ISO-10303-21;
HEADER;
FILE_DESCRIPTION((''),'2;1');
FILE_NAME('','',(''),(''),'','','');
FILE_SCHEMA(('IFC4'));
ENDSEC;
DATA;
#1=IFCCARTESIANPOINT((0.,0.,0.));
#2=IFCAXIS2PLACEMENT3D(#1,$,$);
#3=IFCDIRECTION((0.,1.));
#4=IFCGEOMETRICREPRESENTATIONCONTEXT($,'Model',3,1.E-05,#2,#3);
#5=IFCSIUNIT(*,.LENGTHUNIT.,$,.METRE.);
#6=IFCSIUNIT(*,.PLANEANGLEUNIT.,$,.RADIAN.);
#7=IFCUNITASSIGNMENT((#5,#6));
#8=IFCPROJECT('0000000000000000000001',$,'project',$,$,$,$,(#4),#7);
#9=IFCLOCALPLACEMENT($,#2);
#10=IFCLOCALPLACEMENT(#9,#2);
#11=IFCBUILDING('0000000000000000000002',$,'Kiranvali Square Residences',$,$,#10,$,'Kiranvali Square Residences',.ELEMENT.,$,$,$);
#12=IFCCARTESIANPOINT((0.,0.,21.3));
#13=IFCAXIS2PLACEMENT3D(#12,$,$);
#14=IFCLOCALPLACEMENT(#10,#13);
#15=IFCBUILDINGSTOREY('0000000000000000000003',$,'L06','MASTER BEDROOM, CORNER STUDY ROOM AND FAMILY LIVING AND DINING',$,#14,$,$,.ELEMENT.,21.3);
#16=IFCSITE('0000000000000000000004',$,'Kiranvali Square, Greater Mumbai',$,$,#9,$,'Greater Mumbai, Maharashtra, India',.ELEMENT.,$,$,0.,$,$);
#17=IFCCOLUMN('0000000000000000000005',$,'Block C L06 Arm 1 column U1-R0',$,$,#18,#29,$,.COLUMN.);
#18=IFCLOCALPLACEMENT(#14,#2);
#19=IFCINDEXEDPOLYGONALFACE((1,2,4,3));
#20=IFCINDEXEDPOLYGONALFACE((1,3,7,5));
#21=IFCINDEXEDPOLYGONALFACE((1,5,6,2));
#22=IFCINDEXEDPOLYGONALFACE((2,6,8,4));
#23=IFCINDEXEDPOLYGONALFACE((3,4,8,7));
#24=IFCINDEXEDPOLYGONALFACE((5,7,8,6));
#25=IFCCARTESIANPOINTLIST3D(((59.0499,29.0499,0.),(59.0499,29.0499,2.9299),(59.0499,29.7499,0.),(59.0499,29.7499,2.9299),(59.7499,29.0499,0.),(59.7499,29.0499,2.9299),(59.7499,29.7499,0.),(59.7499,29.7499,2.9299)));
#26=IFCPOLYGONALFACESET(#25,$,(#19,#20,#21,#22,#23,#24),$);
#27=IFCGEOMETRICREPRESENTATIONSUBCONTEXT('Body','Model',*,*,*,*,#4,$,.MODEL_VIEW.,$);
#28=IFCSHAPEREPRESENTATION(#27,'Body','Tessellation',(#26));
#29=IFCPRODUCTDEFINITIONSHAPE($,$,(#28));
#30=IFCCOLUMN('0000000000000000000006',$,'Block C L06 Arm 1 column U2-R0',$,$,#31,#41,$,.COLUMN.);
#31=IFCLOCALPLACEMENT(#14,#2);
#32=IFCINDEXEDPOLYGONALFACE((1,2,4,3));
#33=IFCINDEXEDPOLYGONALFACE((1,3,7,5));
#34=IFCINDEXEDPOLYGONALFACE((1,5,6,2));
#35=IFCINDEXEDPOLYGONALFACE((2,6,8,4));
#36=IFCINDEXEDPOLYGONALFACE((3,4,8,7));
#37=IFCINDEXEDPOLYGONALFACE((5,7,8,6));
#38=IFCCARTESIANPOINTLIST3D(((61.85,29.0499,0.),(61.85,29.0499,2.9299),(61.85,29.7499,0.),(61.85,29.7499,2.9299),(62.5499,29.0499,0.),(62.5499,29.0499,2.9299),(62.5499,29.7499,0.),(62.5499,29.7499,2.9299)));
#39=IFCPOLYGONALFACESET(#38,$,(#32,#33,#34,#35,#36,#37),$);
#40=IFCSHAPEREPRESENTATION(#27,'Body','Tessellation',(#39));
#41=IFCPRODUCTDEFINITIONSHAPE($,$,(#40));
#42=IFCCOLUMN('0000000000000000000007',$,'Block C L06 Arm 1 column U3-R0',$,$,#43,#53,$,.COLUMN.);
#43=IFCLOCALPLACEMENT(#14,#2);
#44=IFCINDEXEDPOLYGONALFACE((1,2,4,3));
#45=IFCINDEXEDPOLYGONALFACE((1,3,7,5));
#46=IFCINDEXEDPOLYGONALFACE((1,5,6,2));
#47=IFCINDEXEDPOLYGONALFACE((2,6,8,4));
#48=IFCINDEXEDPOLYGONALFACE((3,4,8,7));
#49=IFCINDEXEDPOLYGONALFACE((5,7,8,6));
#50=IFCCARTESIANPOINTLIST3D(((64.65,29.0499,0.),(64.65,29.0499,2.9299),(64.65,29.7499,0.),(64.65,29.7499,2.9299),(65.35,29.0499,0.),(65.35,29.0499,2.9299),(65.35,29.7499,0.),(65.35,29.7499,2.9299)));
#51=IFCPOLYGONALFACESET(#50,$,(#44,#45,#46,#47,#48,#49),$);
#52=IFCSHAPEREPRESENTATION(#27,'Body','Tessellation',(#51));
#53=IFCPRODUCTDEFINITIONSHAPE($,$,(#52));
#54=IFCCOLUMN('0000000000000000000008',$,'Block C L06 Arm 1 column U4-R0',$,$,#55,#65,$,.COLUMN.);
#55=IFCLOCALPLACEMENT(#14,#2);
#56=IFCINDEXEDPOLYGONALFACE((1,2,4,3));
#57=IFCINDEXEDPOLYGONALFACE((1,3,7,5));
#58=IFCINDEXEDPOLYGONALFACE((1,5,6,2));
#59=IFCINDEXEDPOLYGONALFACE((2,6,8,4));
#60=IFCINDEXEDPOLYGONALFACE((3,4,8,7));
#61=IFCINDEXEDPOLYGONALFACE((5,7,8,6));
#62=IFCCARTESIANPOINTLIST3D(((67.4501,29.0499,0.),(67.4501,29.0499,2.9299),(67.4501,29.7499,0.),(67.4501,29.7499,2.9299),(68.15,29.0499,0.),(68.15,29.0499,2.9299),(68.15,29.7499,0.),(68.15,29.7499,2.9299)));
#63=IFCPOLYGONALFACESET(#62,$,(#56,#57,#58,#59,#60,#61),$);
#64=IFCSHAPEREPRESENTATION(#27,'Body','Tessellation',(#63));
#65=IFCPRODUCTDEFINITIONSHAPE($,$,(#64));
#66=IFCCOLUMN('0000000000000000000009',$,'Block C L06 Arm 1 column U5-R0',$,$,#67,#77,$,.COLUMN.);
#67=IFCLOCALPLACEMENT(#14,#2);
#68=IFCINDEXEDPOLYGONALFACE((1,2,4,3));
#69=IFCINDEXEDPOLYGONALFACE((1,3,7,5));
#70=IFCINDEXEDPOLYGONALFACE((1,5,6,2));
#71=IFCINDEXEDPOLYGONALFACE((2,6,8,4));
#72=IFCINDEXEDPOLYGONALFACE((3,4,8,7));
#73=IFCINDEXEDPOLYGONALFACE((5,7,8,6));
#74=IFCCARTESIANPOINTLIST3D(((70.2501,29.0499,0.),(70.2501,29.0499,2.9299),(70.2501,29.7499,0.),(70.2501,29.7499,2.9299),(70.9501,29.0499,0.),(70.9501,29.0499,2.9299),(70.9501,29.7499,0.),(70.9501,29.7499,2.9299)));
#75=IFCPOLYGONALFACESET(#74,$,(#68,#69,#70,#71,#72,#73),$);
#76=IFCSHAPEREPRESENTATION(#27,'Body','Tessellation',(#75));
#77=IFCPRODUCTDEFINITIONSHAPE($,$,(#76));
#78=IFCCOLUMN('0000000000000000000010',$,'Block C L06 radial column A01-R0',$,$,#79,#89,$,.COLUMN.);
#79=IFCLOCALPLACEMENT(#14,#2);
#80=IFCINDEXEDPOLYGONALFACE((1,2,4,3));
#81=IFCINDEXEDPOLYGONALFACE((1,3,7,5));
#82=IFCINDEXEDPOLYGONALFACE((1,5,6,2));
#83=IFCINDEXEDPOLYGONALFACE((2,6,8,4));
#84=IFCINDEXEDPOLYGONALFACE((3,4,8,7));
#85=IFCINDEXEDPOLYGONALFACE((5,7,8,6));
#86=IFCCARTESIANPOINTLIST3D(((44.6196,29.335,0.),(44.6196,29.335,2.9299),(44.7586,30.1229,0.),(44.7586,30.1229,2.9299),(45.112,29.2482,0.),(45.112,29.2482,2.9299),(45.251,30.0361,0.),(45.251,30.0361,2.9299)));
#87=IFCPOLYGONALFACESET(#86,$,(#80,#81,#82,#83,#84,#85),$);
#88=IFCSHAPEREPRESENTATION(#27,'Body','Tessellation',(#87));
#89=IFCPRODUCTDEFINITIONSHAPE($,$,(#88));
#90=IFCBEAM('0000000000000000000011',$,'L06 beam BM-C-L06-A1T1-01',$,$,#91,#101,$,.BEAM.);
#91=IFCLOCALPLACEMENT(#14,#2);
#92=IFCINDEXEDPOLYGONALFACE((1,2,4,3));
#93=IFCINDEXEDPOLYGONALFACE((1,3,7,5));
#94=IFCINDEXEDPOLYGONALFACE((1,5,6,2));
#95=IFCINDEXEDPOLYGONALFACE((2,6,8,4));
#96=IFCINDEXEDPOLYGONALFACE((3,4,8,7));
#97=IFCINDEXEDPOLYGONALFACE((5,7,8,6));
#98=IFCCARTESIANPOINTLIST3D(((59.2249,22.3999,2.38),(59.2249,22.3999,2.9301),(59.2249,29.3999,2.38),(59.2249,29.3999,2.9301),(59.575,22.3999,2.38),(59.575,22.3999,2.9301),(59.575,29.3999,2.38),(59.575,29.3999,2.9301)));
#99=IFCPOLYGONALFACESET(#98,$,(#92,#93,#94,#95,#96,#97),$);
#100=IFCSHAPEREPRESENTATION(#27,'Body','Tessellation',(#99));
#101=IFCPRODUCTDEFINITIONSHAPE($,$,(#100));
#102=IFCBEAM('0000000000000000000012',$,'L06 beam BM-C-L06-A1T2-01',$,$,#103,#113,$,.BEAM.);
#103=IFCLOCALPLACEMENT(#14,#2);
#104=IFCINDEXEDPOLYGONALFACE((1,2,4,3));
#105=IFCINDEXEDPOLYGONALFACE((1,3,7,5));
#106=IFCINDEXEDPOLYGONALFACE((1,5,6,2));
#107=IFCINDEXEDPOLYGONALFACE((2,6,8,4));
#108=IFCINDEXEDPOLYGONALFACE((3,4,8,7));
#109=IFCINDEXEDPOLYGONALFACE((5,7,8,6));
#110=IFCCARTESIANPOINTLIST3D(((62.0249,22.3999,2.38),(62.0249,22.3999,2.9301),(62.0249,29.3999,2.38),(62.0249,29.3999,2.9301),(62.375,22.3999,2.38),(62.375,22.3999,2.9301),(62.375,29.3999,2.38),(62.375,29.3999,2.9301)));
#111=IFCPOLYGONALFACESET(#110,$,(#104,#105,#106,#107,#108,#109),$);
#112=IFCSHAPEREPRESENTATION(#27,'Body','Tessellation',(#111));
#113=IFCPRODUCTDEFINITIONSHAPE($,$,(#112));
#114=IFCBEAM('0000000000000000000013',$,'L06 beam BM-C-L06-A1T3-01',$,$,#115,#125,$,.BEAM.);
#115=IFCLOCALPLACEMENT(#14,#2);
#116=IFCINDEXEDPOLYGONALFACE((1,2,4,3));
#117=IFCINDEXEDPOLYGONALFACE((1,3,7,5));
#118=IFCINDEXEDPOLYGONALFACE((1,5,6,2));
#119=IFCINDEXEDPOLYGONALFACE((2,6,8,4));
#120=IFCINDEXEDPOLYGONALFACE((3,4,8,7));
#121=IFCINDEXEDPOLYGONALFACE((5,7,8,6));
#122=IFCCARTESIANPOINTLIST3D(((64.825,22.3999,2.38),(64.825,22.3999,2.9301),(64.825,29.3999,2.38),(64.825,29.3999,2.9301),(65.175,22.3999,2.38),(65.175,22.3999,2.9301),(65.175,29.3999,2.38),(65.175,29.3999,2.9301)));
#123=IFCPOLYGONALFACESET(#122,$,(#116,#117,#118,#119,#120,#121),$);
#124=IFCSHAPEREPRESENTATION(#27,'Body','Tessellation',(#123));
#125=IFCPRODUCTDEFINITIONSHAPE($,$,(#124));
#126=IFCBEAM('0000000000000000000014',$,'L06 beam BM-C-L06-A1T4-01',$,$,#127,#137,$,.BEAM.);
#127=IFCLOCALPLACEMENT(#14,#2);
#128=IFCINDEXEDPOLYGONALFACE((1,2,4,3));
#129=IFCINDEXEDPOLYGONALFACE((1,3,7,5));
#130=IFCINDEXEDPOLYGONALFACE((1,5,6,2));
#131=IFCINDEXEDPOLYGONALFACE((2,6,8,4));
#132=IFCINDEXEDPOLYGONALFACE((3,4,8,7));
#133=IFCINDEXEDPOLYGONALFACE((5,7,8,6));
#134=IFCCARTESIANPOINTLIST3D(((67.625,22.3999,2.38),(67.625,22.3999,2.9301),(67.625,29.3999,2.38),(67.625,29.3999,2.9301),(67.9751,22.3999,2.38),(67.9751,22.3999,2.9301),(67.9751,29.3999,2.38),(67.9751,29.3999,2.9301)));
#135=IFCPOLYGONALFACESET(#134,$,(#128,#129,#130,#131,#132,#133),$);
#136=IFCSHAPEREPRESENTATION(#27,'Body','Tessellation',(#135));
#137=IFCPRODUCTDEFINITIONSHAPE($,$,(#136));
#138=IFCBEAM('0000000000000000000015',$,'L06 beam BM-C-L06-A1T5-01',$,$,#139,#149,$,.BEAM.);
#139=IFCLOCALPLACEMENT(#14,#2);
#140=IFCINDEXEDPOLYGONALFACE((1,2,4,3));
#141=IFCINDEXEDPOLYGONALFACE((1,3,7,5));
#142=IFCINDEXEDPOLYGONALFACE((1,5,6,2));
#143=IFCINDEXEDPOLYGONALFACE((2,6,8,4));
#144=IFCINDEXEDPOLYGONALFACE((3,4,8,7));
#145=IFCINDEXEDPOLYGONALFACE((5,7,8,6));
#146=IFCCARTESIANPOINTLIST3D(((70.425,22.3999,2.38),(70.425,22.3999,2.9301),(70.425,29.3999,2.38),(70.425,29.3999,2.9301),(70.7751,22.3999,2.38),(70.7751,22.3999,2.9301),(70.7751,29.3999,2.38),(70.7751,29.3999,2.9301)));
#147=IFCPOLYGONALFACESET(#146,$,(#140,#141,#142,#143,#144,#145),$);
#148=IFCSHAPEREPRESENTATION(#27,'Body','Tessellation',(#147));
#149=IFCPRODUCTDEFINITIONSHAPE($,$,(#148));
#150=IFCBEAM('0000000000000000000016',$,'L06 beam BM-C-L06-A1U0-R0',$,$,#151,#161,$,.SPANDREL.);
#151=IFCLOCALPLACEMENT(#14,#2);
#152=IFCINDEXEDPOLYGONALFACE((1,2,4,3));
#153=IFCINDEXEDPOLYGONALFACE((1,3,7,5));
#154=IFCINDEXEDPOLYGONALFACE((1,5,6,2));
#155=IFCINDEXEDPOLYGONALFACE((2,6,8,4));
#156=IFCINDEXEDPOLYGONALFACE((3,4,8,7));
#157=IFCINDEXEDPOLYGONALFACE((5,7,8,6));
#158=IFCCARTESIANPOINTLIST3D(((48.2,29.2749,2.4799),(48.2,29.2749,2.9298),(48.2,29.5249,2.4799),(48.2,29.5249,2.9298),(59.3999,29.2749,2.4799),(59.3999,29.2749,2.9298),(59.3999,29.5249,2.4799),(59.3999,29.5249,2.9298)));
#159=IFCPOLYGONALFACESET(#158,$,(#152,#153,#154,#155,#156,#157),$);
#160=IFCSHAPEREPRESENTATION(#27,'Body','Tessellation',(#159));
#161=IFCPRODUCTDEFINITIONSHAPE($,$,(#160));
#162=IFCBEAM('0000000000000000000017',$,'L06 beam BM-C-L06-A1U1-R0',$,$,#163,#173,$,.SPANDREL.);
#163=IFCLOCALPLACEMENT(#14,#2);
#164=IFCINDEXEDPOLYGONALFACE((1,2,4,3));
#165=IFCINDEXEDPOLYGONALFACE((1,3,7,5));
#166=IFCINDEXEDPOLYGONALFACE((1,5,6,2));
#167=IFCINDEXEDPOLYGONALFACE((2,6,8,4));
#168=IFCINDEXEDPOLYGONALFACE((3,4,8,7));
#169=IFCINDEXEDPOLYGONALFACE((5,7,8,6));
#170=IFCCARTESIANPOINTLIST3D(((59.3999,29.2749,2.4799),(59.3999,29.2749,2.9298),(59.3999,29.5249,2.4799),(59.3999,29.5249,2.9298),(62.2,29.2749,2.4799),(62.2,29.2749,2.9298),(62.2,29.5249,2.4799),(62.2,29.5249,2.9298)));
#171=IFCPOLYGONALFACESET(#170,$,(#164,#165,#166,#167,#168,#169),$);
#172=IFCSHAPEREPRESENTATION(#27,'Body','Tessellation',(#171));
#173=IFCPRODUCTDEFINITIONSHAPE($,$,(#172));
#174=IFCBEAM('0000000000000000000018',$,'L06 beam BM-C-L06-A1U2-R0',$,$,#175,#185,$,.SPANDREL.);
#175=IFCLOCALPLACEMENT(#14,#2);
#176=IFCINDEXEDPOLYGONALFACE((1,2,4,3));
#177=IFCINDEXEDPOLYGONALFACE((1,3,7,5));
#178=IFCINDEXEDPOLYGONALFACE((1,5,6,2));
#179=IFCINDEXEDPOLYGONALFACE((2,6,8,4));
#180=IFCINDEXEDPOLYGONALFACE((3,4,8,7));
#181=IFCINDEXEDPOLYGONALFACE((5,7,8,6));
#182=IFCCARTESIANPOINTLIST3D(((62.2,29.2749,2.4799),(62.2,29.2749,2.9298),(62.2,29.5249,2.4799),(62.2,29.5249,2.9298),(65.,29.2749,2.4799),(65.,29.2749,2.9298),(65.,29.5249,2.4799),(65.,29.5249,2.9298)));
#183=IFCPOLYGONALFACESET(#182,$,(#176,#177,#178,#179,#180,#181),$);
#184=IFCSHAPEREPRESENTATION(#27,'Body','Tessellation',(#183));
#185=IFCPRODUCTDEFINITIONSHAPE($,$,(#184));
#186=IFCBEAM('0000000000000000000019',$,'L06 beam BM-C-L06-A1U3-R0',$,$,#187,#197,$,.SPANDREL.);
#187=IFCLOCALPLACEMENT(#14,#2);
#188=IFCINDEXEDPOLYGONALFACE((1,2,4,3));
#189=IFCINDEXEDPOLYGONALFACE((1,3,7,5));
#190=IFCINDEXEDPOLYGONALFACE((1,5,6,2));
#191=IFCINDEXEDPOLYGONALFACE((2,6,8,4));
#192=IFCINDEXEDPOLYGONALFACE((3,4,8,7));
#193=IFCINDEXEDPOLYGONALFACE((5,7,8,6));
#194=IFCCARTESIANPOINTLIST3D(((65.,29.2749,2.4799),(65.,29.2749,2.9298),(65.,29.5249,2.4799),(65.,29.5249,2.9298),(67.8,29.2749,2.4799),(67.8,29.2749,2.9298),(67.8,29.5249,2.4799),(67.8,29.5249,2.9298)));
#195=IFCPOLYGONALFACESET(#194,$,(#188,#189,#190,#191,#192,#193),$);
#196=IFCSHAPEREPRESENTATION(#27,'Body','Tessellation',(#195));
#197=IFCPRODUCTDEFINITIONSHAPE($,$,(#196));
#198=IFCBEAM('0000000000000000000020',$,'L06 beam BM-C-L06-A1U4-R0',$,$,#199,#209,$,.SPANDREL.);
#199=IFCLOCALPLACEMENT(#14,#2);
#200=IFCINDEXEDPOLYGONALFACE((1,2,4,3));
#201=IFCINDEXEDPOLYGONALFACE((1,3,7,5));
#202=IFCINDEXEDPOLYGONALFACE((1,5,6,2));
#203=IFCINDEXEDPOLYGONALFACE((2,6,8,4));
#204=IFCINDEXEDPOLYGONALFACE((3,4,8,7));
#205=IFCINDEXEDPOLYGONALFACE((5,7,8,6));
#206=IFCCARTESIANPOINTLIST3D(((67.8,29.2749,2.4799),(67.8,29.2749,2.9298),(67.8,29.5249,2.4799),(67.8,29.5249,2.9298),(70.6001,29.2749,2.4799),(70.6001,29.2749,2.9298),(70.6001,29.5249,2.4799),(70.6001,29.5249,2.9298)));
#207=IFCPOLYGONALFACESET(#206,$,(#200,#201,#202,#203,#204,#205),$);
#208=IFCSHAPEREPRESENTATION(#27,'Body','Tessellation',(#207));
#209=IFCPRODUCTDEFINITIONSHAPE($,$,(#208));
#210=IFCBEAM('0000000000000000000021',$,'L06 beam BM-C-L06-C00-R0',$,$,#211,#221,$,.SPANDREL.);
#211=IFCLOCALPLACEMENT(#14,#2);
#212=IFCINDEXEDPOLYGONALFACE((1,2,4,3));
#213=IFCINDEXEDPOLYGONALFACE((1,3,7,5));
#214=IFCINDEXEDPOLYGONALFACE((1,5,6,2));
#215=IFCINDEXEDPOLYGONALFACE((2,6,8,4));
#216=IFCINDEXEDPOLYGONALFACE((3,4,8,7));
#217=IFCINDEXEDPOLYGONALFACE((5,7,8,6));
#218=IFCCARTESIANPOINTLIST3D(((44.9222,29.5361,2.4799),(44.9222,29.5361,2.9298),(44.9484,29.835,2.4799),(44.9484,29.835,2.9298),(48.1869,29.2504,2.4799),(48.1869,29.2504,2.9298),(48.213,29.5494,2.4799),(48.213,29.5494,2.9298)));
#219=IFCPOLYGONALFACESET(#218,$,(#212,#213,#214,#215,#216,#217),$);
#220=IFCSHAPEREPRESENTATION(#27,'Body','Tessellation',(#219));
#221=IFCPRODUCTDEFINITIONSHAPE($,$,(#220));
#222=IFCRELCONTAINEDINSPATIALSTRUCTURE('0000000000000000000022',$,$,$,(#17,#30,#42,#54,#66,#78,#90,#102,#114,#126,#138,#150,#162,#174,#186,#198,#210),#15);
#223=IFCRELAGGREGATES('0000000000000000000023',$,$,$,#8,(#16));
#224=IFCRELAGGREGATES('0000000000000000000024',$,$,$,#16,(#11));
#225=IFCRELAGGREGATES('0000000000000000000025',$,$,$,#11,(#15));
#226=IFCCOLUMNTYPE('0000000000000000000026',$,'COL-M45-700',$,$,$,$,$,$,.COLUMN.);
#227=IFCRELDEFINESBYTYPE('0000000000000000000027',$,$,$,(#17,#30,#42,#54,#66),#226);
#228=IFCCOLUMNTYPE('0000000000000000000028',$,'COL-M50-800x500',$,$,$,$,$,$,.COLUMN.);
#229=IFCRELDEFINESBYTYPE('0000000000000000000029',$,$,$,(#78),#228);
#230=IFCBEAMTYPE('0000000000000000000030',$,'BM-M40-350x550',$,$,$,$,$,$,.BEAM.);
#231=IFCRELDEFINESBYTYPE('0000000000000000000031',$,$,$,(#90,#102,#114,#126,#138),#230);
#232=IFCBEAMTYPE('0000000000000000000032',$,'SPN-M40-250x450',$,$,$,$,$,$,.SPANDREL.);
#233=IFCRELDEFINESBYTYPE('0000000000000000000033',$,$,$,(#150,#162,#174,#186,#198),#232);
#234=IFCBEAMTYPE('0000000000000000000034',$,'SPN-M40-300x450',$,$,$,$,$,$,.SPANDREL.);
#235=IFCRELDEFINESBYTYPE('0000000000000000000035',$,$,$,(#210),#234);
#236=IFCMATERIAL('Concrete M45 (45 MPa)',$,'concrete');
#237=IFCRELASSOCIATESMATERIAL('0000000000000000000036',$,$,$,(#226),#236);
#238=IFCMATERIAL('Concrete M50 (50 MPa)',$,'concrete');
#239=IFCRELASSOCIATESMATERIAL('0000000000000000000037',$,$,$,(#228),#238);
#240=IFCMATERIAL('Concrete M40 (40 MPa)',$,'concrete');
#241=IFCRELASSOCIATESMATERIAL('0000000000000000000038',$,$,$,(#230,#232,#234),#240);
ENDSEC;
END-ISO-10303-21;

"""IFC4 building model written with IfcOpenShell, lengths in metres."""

from ifc_helpers import new_model, si_unit, direction, frame, origin, origin_2d, place, context, subcontext, project, spatial, rectangle, extrude, material, material_profile, profile_set, type_object, element, save


model = new_model("IFC4")

# Units and contexts
model_context = context("Model", 3, precision=1e-05, world=origin(), true_north=direction((0.0, 1.0)))
body_context = subcontext(model_context, "Body", "Model", "MODEL_VIEW")
ifc_project = project(units=[si_unit("LENGTHUNIT", "METRE"), si_unit("PLANEANGLEUNIT", "RADIAN")], contexts=[model_context])

# Site, building, storey
site_placement = place(None, origin())
site = spatial("IfcSite", under=ifc_project, at=site_placement, Name="Kiranvali Square, Greater Mumbai", LongName="Greater Mumbai, Maharashtra, India", CompositionType="ELEMENT", RefElevation=0.0)
building_placement = place(site_placement, origin())
building = spatial("IfcBuilding", under=site, at=building_placement, Name="Kiranvali Square Residences", LongName="Kiranvali Square Residences", CompositionType="ELEMENT")
storey_placement = place(building_placement, frame((0.0, 0.0, 21.3)))
storey = spatial("IfcBuildingStorey", under=building, at=storey_placement, Name="L06", Description="MASTER BEDROOM, CORNER STUDY ROOM AND FAMILY LIVING AND DINING", CompositionType="ELEMENT", Elevation=21.3)

# Columns
ifc_material_1 = material(Name="Concrete M45 (45 MPa)", Category="concrete")
ifc_material_profile_1 = material_profile(ifc_material_1, rectangle(XDim=0.7, YDim=0.7, at=origin_2d()), Name="RC 700x700")
ifc_profile_set_1 = profile_set([ifc_material_profile_1], Name="Concrete M45 (45 MPa)")
column_type_1 = type_object("IfcColumnType", Name="COL-M45-700", PredefinedType="COLUMN", material=ifc_profile_set_1)
for number, where, z_axis, x_axis, name in (
    (1, (59.3999, 29.3999, 0.0), (0.0, 0.0, 1.0), (1.0, 0.0, 0.0), "Block C L06 Arm 1 column U1-R0"),
    (2, (62.2, 29.3999, 0.0), (0.0, 0.0, 1.0), (1.0, 0.0, 0.0), "Block C L06 Arm 1 column U2-R0"),
    (3, (65.0, 29.3999, 0.0), (0.0, 0.0, 1.0), (1.0, 0.0, 0.0), "Block C L06 Arm 1 column U3-R0"),
    (4, (67.8, 29.3999, 0.0), (0.0, 0.0, 1.0), (1.0, 0.0, 0.0), "Block C L06 Arm 1 column U4-R0"),
    (5, (70.6001, 29.3999, 0.0), (0.0, 0.0, 1.0), (1.0, 0.0, 0.0), "Block C L06 Arm 1 column U5-R0"),
):
    element("IfcColumn", number, at=place(storey_placement, frame(where, z_axis=z_axis, x_axis=x_axis)), inside=storey, type_object=column_type_1, Name=name, PredefinedType="COLUMN", context=body_context, shape_type="SweptSolid", body=[
        extrude(rectangle(XDim=0.7, YDim=0.7, at=origin_2d()), origin(), (0.0, 0.0, 1.0), 2.9299),
    ])
ifc_material_2 = material(Name="Concrete M50 (50 MPa)", Category="concrete")
ifc_material_profile_2 = material_profile(ifc_material_2, rectangle(XDim=0.5, YDim=0.8, at=origin_2d()), Name="RC 800x500")
ifc_profile_set_2 = profile_set([ifc_material_profile_2], Name="Concrete M50 (50 MPa)")
column_type_2 = type_object("IfcColumnType", Name="COL-M50-800x500", PredefinedType="COLUMN", material=ifc_profile_set_2)
column_placement = place(storey_placement, frame((44.9353, 29.6855, 0.0), z_axis=(0.0, 0.0, 1.0), x_axis=(-0.984808, 0.173648, 0.0)))
element("IfcColumn", 6, at=column_placement, inside=storey, type_object=column_type_2, Name="Block C L06 radial column A01-R0", PredefinedType="COLUMN", context=body_context, shape_type="SweptSolid", body=[
    extrude(rectangle(XDim=0.5, YDim=0.8, at=origin_2d()), origin(), (0.0, 0.0, 1.0), 2.9299),
])

# Beams
ifc_material_3 = material(Name="Concrete M40 (40 MPa)", Category="concrete")
ifc_material_profile_3 = material_profile(ifc_material_3, rectangle(XDim=0.3501, YDim=0.55, at=origin_2d()), Name="RC 350x550")
ifc_profile_set_3 = profile_set([ifc_material_profile_3], Name="Concrete M40 (40 MPa)")
beam_type_1 = type_object("IfcBeamType", Name="BM-M40-350x550", PredefinedType="BEAM", material=ifc_profile_set_3)
for number, where, z_axis, x_axis, name in (
    (7, (59.3999, 29.3999, 2.655), (0.0, -1.0, 0.0), (1.0, 0.0, 0.0), "L06 beam BM-C-L06-A1T1-01"),
    (8, (62.2, 29.3999, 2.655), (0.0, -1.0, 0.0), (1.0, 0.0, 0.0), "L06 beam BM-C-L06-A1T2-01"),
    (9, (65.0, 29.3999, 2.655), (0.0, -1.0, 0.0), (1.0, 0.0, 0.0), "L06 beam BM-C-L06-A1T3-01"),
    (10, (67.8, 29.3999, 2.655), (0.0, -1.0, 0.0), (1.0, 0.0, 0.0), "L06 beam BM-C-L06-A1T4-01"),
    (11, (70.6001, 29.3999, 2.655), (0.0, -1.0, 0.0), (1.0, 0.0, 0.0), "L06 beam BM-C-L06-A1T5-01"),
):
    element("IfcBeam", number, at=place(storey_placement, frame(where, z_axis=z_axis, x_axis=x_axis)), inside=storey, type_object=beam_type_1, Name=name, PredefinedType="BEAM", context=body_context, shape_type="SweptSolid", body=[
        extrude(rectangle(XDim=0.3501, YDim=0.55, at=origin_2d()), origin(), (0.0, 0.0, 1.0), 7.0),
    ])
ifc_material_profile_4 = material_profile(ifc_material_3, rectangle(XDim=0.25, YDim=0.45, at=origin_2d()), Name="RC 250x450")
ifc_profile_set_4 = profile_set([ifc_material_profile_4], Name="Concrete M40 (40 MPa)")
beam_type_2 = type_object("IfcBeamType", Name="SPN-M40-250x450", PredefinedType="SPANDREL", material=ifc_profile_set_4)
beam_1_placement = place(storey_placement, frame((48.2, 29.3999, 2.7048), z_axis=(1.0, 0.0, 0.0), x_axis=(0.0, 1.0, 0.0)))
element("IfcBeam", 12, at=beam_1_placement, inside=storey, type_object=beam_type_2, Name="L06 beam BM-C-L06-A1U0-R0", PredefinedType="SPANDREL", context=body_context, shape_type="SweptSolid", body=[
    extrude(rectangle(XDim=0.25, YDim=0.45, at=origin_2d()), origin(), (0.0, 0.0, 1.0), 11.2),
])
for number, where, z_axis, x_axis, name in (
    (13, (59.3999, 29.3999, 2.7048), (1.0, 0.0, 0.0), (0.0, 1.0, 0.0), "L06 beam BM-C-L06-A1U1-R0"),
    (14, (62.2, 29.3999, 2.7048), (1.0, 0.0, 0.0), (0.0, 1.0, 0.0), "L06 beam BM-C-L06-A1U2-R0"),
    (15, (65.0, 29.3999, 2.7048), (1.0, 0.0, 0.0), (0.0, 1.0, 0.0), "L06 beam BM-C-L06-A1U3-R0"),
    (16, (67.8, 29.3999, 2.7048), (1.0, 0.0, 0.0), (0.0, 1.0, 0.0), "L06 beam BM-C-L06-A1U4-R0"),
):
    element("IfcBeam", number, at=place(storey_placement, frame(where, z_axis=z_axis, x_axis=x_axis)), inside=storey, type_object=beam_type_2, Name=name, PredefinedType="SPANDREL", context=body_context, shape_type="SweptSolid", body=[
        extrude(rectangle(XDim=0.25, YDim=0.45, at=origin_2d()), origin(), (0.0, 0.0, 1.0), 2.8),
    ])
ifc_material_profile_5 = material_profile(ifc_material_3, rectangle(XDim=0.3, YDim=0.45, at=origin_2d()), Name="RC 300x450")
ifc_profile_set_5 = profile_set([ifc_material_profile_5], Name="Concrete M40 (40 MPa)")
beam_type_3 = type_object("IfcBeamType", Name="SPN-M40-300x450", PredefinedType="SPANDREL", material=ifc_profile_set_5)
beam_2_placement = place(storey_placement, frame((48.2, 29.3999, 2.7048), z_axis=(-0.996194, 0.087163, 0.0), x_axis=(-0.087163, -0.996194, 0.0)))
element("IfcBeam", 17, at=beam_2_placement, inside=storey, type_object=beam_type_3, Name="L06 beam BM-C-L06-C00-R0", PredefinedType="SPANDREL", context=body_context, shape_type="SweptSolid", body=[
    extrude(rectangle(XDim=0.3, YDim=0.45, at=origin_2d()), origin(), (0.0, 0.0, 1.0), 3.2771),
])

save(model, "model.ifc")
